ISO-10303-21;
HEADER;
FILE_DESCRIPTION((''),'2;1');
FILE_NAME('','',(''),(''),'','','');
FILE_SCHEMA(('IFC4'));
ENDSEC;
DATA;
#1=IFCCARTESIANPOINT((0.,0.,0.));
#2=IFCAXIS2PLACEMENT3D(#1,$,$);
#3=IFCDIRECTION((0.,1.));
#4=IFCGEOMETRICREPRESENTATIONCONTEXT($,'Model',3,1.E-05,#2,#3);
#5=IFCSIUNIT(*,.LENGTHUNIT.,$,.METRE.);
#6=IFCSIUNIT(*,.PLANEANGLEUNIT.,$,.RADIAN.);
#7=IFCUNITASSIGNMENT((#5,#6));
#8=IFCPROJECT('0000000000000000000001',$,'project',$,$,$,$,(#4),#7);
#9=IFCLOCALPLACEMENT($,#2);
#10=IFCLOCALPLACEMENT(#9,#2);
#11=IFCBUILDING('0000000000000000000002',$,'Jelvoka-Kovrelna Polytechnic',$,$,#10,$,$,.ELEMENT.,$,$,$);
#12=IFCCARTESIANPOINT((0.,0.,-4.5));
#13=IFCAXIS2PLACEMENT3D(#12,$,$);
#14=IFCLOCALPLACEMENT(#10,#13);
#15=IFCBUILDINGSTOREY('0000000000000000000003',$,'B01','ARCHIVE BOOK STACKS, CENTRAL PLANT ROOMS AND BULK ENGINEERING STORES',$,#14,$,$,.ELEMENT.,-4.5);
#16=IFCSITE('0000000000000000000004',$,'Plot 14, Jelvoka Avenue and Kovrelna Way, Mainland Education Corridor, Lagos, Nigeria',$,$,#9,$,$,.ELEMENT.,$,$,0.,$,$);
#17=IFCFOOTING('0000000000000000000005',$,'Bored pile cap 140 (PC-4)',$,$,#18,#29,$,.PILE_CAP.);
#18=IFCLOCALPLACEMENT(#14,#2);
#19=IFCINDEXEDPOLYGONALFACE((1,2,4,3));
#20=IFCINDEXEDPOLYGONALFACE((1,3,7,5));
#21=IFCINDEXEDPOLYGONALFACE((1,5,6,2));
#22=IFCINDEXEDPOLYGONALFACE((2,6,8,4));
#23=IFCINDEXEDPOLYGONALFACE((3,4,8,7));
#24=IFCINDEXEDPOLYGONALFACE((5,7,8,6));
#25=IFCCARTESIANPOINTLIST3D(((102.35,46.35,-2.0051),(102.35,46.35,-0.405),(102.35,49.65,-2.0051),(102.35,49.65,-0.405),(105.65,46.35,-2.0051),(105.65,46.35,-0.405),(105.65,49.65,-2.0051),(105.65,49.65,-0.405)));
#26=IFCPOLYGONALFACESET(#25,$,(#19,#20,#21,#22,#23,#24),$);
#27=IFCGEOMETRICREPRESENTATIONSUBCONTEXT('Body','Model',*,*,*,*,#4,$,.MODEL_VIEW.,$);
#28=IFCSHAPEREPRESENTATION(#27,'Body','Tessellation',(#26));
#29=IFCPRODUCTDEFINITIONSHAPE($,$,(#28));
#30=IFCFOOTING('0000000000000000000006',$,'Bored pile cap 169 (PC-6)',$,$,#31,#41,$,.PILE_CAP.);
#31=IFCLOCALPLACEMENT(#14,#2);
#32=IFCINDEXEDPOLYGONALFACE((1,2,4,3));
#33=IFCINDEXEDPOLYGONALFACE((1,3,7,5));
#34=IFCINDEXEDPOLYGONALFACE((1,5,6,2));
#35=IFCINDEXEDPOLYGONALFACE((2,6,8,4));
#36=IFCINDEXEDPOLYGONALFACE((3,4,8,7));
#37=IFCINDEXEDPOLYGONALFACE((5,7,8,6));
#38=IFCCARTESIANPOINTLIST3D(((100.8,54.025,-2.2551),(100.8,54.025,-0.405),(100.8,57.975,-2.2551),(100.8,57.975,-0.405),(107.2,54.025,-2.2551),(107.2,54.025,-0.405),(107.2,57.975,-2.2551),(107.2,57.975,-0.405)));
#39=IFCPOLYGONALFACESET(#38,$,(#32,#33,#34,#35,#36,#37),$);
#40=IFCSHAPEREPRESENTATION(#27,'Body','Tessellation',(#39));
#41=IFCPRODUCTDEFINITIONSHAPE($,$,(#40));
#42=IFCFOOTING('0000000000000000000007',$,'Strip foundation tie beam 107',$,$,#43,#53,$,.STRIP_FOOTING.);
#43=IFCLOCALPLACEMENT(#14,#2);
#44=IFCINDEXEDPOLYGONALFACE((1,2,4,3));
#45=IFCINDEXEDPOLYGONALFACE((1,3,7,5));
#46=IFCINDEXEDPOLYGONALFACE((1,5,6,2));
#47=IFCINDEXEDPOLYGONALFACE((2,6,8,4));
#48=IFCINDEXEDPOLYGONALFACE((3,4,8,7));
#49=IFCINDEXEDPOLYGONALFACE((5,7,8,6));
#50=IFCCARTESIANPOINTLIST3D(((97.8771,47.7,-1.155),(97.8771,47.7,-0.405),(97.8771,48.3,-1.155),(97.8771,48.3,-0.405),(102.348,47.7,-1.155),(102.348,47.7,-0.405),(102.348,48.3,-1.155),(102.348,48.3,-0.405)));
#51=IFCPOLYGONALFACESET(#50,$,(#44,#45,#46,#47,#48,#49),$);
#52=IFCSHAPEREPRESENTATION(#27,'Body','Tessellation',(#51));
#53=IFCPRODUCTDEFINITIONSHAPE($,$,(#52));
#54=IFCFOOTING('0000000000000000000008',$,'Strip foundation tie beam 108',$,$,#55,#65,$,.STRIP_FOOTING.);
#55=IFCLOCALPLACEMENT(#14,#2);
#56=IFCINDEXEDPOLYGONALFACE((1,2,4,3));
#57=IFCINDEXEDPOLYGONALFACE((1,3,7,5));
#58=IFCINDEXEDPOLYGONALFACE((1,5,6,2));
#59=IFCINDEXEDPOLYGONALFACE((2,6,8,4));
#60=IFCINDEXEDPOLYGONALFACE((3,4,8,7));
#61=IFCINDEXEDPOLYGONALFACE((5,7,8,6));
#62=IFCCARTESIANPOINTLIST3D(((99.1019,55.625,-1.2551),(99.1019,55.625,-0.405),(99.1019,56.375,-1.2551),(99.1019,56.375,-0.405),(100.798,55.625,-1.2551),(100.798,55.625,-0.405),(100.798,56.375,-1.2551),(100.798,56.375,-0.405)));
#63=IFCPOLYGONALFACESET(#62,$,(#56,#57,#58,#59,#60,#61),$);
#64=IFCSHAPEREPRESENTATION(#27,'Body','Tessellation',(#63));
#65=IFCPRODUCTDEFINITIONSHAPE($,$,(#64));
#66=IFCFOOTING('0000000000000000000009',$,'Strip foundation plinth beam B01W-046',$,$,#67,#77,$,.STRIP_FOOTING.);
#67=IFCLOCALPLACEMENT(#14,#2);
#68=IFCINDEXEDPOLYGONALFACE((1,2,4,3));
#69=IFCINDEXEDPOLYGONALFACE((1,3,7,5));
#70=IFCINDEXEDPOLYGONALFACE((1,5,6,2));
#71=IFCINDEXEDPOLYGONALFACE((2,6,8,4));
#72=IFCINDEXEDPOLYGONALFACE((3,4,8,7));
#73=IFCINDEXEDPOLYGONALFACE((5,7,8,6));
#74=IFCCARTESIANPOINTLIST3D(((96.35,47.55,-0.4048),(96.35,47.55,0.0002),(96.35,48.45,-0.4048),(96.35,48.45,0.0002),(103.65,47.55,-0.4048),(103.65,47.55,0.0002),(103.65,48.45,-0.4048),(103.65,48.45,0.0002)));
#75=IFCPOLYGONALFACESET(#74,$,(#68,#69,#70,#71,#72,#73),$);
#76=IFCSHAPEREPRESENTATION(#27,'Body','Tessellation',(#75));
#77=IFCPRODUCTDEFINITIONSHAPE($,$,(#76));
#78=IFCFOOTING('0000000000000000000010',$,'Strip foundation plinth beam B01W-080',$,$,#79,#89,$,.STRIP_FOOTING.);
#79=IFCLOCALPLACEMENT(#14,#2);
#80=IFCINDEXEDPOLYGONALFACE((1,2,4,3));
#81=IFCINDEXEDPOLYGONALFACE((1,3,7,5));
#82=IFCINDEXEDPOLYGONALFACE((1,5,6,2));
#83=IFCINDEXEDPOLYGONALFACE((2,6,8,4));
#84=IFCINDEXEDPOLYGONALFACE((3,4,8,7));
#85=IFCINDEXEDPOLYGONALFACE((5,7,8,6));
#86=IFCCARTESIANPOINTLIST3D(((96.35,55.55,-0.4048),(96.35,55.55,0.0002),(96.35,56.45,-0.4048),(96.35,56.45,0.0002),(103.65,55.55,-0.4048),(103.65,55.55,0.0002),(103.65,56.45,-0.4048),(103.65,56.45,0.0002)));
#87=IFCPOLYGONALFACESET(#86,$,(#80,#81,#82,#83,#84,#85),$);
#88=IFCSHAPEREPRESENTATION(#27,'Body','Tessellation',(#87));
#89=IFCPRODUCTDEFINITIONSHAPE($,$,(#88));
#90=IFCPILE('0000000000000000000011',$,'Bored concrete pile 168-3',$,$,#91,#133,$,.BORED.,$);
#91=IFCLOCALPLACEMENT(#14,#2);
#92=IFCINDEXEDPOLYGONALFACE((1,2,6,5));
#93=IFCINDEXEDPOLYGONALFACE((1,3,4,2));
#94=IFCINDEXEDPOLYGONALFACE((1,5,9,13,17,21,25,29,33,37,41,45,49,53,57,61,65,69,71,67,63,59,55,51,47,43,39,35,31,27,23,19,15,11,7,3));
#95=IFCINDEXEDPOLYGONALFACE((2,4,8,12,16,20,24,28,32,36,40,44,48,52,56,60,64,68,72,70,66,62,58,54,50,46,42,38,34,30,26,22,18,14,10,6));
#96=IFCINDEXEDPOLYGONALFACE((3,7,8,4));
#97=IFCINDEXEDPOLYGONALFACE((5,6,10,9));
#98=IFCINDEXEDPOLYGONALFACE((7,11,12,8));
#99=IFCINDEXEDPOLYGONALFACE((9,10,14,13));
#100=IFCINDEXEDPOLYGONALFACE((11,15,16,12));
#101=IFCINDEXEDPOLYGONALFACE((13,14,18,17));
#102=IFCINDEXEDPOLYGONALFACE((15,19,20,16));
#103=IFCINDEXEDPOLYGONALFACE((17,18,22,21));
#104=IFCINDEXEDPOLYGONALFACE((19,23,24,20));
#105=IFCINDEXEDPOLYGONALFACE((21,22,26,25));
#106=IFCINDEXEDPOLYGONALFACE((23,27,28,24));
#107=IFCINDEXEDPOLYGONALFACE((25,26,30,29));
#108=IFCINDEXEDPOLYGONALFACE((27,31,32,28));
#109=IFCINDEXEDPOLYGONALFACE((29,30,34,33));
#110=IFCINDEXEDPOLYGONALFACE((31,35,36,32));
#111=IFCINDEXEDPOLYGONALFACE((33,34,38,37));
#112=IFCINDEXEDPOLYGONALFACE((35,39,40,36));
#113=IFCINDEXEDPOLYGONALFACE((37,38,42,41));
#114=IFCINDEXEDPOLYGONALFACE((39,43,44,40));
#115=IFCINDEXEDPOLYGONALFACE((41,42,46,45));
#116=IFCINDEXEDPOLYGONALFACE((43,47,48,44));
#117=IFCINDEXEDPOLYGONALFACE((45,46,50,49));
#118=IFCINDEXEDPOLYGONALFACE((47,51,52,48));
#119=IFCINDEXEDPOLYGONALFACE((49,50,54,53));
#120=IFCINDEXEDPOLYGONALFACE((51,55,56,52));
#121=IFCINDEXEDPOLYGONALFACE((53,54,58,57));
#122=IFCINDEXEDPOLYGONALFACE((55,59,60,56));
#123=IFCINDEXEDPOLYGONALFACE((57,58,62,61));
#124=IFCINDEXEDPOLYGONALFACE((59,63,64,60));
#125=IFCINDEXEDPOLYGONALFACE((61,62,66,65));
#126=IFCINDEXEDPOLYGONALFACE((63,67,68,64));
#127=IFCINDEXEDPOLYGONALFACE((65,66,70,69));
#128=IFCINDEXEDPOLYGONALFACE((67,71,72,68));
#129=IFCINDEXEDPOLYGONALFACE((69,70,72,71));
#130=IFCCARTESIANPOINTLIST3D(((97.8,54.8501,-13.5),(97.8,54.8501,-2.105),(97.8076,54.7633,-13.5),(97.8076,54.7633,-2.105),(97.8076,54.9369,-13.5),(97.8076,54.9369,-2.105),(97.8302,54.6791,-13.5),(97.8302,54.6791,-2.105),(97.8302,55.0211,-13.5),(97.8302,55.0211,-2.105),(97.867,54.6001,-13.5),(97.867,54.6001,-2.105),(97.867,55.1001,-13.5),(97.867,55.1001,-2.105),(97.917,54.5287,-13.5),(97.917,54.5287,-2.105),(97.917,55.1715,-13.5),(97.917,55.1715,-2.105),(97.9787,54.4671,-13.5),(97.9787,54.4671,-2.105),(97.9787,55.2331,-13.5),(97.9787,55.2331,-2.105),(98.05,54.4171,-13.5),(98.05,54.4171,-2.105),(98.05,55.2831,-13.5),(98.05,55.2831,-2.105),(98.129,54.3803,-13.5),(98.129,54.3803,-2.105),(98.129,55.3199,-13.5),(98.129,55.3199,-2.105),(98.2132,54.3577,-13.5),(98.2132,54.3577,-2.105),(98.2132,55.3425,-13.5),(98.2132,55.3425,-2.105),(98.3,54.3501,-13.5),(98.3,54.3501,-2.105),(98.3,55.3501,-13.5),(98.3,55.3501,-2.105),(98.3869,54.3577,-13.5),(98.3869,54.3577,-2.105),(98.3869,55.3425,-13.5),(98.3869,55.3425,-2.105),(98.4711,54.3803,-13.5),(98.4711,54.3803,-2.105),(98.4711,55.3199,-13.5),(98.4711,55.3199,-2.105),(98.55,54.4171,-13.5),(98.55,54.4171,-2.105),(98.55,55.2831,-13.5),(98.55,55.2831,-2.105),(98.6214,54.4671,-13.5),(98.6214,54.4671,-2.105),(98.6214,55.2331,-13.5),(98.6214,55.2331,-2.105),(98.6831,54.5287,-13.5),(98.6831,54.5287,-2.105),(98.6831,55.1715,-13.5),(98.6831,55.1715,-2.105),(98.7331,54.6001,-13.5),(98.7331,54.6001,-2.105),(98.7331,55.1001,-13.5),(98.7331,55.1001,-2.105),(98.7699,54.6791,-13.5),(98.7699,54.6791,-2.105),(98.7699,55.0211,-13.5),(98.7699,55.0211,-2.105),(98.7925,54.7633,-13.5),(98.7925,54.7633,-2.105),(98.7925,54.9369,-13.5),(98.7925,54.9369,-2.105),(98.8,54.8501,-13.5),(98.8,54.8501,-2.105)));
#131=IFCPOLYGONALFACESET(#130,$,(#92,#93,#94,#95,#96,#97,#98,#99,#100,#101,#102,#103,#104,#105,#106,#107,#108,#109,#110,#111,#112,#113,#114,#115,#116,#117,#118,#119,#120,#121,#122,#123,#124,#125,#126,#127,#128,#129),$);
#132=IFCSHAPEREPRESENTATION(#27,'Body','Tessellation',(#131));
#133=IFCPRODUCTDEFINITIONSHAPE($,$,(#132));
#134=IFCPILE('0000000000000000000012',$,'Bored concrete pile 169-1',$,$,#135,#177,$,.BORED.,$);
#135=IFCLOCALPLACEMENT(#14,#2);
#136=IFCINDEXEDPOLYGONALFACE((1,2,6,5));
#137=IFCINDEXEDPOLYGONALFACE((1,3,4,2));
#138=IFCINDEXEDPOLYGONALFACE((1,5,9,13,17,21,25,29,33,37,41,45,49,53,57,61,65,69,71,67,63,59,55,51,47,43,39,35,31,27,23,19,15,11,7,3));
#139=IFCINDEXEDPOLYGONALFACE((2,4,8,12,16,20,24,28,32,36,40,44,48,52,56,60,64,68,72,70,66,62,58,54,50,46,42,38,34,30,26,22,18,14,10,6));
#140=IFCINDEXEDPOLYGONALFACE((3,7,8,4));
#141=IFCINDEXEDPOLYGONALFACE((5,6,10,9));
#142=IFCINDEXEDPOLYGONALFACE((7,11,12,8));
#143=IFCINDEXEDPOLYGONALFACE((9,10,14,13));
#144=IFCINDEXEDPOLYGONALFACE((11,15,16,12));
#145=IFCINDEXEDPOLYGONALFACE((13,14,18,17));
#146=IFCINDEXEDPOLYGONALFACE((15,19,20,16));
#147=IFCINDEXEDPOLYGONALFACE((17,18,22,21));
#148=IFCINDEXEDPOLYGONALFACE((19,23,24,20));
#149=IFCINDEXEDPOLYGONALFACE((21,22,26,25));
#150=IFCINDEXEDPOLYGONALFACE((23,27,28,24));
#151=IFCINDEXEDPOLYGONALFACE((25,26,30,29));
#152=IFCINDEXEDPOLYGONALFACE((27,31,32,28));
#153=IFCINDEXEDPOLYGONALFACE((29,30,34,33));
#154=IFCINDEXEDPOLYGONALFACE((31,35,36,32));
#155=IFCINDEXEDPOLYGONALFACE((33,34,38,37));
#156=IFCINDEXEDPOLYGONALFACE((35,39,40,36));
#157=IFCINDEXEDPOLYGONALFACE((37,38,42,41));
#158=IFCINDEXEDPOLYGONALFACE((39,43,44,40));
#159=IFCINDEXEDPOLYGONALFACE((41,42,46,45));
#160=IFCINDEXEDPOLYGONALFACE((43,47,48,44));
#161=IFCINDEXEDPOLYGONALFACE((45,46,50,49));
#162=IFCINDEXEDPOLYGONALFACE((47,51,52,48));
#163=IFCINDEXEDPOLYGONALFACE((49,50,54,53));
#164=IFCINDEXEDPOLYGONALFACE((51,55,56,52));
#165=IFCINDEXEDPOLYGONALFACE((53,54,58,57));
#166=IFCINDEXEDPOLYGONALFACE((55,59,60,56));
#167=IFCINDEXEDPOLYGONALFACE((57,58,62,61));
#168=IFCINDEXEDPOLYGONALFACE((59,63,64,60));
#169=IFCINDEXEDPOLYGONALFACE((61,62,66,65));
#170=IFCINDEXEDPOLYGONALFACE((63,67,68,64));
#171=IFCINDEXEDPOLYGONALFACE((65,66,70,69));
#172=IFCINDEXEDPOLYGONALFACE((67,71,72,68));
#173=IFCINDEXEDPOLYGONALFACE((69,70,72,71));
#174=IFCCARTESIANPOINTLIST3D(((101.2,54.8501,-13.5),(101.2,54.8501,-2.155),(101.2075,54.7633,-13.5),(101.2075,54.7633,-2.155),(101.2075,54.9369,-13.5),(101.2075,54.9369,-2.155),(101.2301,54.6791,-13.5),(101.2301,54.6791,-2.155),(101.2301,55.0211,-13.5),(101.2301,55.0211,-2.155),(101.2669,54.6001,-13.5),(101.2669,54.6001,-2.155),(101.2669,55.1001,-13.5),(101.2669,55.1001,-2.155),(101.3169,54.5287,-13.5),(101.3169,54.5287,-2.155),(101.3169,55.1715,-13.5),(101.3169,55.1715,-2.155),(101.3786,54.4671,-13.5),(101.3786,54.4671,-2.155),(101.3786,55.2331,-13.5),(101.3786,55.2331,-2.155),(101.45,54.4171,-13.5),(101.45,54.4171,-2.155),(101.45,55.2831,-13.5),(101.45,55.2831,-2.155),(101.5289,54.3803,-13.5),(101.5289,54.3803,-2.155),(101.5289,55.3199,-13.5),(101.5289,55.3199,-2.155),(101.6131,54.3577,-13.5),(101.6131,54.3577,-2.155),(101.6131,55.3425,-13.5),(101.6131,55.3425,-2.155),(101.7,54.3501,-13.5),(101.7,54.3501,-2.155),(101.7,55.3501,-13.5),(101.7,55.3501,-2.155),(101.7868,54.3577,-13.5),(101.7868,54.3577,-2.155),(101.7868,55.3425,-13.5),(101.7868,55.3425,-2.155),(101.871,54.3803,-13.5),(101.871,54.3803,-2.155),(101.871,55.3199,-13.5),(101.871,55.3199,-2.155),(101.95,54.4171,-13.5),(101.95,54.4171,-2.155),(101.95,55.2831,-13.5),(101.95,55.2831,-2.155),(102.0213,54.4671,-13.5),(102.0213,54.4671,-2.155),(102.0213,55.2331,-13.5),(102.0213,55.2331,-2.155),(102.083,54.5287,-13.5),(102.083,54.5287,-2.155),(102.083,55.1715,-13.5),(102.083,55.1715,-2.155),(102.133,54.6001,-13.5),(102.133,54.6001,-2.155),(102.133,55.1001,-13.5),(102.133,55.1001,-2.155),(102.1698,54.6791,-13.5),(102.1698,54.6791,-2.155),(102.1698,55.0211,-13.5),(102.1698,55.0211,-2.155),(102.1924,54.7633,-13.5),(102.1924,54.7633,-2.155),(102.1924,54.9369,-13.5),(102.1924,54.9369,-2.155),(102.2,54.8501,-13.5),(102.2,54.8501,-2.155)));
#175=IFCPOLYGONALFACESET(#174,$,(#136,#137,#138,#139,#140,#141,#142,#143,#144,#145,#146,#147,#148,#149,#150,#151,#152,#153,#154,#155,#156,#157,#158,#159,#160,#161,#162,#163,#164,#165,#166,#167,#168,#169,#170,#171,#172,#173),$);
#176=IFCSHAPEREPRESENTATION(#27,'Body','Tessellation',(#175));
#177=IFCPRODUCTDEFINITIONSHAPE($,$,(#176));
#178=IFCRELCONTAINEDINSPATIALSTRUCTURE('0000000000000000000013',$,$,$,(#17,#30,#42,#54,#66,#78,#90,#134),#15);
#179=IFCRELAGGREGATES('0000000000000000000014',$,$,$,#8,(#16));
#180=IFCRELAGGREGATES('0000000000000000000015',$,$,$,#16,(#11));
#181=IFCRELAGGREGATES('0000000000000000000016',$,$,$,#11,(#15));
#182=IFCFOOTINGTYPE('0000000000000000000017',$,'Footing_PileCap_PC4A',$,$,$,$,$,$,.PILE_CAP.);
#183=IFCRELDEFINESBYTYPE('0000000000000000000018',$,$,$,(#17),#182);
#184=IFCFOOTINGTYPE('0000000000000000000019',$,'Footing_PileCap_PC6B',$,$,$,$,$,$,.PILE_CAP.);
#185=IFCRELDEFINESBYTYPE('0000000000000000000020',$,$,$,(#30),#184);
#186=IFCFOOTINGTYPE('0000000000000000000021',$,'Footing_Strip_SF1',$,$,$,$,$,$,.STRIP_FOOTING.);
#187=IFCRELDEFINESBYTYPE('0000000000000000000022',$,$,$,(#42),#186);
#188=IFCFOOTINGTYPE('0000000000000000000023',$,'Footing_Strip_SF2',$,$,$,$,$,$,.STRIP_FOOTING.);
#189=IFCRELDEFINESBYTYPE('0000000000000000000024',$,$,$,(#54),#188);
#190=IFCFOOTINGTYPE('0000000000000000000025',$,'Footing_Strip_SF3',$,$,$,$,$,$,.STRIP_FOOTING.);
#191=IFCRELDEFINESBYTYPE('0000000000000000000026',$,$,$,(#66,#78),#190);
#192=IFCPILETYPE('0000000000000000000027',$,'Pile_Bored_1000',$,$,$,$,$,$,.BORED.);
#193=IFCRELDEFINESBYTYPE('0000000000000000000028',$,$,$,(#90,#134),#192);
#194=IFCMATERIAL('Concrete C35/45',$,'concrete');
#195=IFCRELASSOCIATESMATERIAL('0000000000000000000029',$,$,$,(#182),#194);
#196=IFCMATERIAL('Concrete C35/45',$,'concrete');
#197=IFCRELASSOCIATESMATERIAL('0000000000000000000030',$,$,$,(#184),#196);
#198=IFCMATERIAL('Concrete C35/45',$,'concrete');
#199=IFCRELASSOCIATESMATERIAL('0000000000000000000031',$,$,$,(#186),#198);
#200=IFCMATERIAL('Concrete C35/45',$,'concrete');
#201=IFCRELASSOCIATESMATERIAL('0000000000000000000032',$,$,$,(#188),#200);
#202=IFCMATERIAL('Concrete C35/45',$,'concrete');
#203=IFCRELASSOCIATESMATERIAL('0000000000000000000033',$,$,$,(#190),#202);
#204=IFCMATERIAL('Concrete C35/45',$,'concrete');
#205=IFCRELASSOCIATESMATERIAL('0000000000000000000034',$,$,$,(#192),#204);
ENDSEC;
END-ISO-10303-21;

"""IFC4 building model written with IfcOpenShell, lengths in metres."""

from ifc_helpers import new_model, si_unit, direction, frame, origin, origin_2d, place, context, subcontext, project, spatial, rectangle, circle, extrude, material, material_profile, profile_set, type_object, element, save


model = new_model("IFC4")

# Units and contexts
model_context = context("Model", 3, precision=1e-05, world=origin(), true_north=direction((0.0, 1.0)))
body_context = subcontext(model_context, "Body", "Model", "MODEL_VIEW")
ifc_project = project(units=[si_unit("LENGTHUNIT", "METRE"), si_unit("PLANEANGLEUNIT", "RADIAN")], contexts=[model_context])

# Site, building, storey
site_placement = place(None, origin())
site = spatial("IfcSite", under=ifc_project, at=site_placement, Name="Plot 14, Jelvoka Avenue and Kovrelna Way, Mainland Education Corridor, Lagos, Nigeria", CompositionType="ELEMENT", RefElevation=0.0)
building_placement = place(site_placement, origin())
building = spatial("IfcBuilding", under=site, at=building_placement, Name="Jelvoka-Kovrelna Polytechnic", CompositionType="ELEMENT")
storey_placement = place(building_placement, frame((0.0, 0.0, -4.5)))
storey = spatial("IfcBuildingStorey", under=building, at=storey_placement, Name="B01", Description="ARCHIVE BOOK STACKS, CENTRAL PLANT ROOMS AND BULK ENGINEERING STORES", CompositionType="ELEMENT", Elevation=-4.5)

# Footings
ifc_material_1 = material(Name="Concrete C35/45", Category="concrete")
footing_type_1 = type_object("IfcFootingType", Name="Footing_PileCap_PC4A", PredefinedType="PILE_CAP", material=ifc_material_1)
footing_1_placement = place(storey_placement, frame((104.0, 48.0, -2.0051), z_axis=(0.0, 0.0, 1.0), x_axis=(1.0, 0.0, 0.0)))
element("IfcFooting", 1, at=footing_1_placement, inside=storey, type_object=footing_type_1, Name="Bored pile cap 140 (PC-4)", PredefinedType="PILE_CAP", context=body_context, shape_type="SweptSolid", body=[
    extrude(rectangle(XDim=3.3, YDim=3.3, at=origin_2d()), origin(), (0.0, 0.0, 1.0), 1.6001),
])
ifc_material_2 = material(Name="Concrete C35/45", Category="concrete")
footing_type_2 = type_object("IfcFootingType", Name="Footing_PileCap_PC6B", PredefinedType="PILE_CAP", material=ifc_material_2)
footing_2_placement = place(storey_placement, frame((104.0, 56.0, -2.2551), z_axis=(0.0, 0.0, 1.0), x_axis=(1.0, 0.0, 0.0)))
element("IfcFooting", 2, at=footing_2_placement, inside=storey, type_object=footing_type_2, Name="Bored pile cap 169 (PC-6)", PredefinedType="PILE_CAP", context=body_context, shape_type="SweptSolid", body=[
    extrude(rectangle(XDim=6.3999, YDim=3.95, at=origin_2d()), origin(), (0.0, 0.0, 1.0), 1.8501),
])
ifc_material_3 = material(Name="Concrete C35/45", Category="concrete")
footing_type_3 = type_object("IfcFootingType", Name="Footing_Strip_SF1", PredefinedType="STRIP_FOOTING", material=ifc_material_3)
footing_3_placement = place(storey_placement, frame((100.1125, 48.0, -1.155), z_axis=(0.0, 0.0, 1.0), x_axis=(1.0, 0.0, 0.0)))
element("IfcFooting", 3, at=footing_3_placement, inside=storey, type_object=footing_type_3, Name="Strip foundation tie beam 107", PredefinedType="STRIP_FOOTING", context=body_context, shape_type="SweptSolid", body=[
    extrude(rectangle(XDim=4.4709, YDim=0.6001, at=origin_2d()), origin(), (0.0, 0.0, 1.0), 0.75),
])
ifc_material_4 = material(Name="Concrete C35/45", Category="concrete")
footing_type_4 = type_object("IfcFootingType", Name="Footing_Strip_SF2", PredefinedType="STRIP_FOOTING", material=ifc_material_4)
footing_4_placement = place(storey_placement, frame((99.95, 56.0, -1.2551), z_axis=(0.0, 0.0, 1.0), x_axis=(1.0, 0.0, 0.0)))
element("IfcFooting", 4, at=footing_4_placement, inside=storey, type_object=footing_type_4, Name="Strip foundation tie beam 108", PredefinedType="STRIP_FOOTING", context=body_context, shape_type="SweptSolid", body=[
    extrude(rectangle(XDim=1.696, YDim=0.75, at=origin_2d()), origin(), (0.0, 0.0, 1.0), 0.8501),
])
ifc_material_5 = material(Name="Concrete C35/45", Category="concrete")
footing_type_5 = type_object("IfcFootingType", Name="Footing_Strip_SF3", PredefinedType="STRIP_FOOTING", material=ifc_material_5)
for number, where, z_axis, x_axis, name in (
    (5, (100.0, 48.0, -0.4048), (0.0, 0.0, 1.0), (1.0, 0.0, 0.0), "Strip foundation plinth beam B01W-046"),
    (6, (100.0, 56.0, -0.4048), (0.0, 0.0, 1.0), (1.0, 0.0, 0.0), "Strip foundation plinth beam B01W-080"),
):
    element("IfcFooting", number, at=place(storey_placement, frame(where, z_axis=z_axis, x_axis=x_axis)), inside=storey, type_object=footing_type_5, Name=name, PredefinedType="STRIP_FOOTING", context=body_context, shape_type="SweptSolid", body=[
        extrude(rectangle(XDim=7.3, YDim=0.8999, at=origin_2d()), origin(), (0.0, 0.0, 1.0), 0.405),
    ])

# Piles
ifc_material_6 = material(Name="Concrete C35/45", Category="concrete")
ifc_material_profile_1 = material_profile(ifc_material_6, circle(Radius=0.5, at=origin_2d()), Name="PILE D1000")
ifc_profile_set_1 = profile_set([ifc_material_profile_1], Name="Concrete C35/45")
pile_type_1 = type_object("IfcPileType", Name="Pile_Bored_1000", PredefinedType="BORED", material=ifc_profile_set_1)
pile_placement = place(storey_placement, frame((98.3, 54.8501, -2.105), z_axis=(0.0, 0.0, -1.0), x_axis=(1.0, 0.0, 0.0)))
element("IfcPile", 7, at=pile_placement, inside=storey, type_object=pile_type_1, Name="Bored concrete pile 168-3", PredefinedType="BORED", context=body_context, shape_type="SweptSolid", body=[
    extrude(circle(Radius=0.5, at=origin_2d()), origin(), (0.0, 0.0, 1.0), 11.395),
])
for number, where, z_axis, x_axis, name in (
    (8, (101.7, 54.8501, -2.155), (0.0, 0.0, -1.0), (1.0, 0.0, 0.0), "Bored concrete pile 169-1"),
):
    element("IfcPile", number, at=place(storey_placement, frame(where, z_axis=z_axis, x_axis=x_axis)), inside=storey, type_object=pile_type_1, Name=name, PredefinedType="BORED", context=body_context, shape_type="SweptSolid", body=[
        extrude(circle(Radius=0.5, at=origin_2d()), origin(), (0.0, 0.0, 1.0), 11.345),
    ])

save(model, "model.ifc")
